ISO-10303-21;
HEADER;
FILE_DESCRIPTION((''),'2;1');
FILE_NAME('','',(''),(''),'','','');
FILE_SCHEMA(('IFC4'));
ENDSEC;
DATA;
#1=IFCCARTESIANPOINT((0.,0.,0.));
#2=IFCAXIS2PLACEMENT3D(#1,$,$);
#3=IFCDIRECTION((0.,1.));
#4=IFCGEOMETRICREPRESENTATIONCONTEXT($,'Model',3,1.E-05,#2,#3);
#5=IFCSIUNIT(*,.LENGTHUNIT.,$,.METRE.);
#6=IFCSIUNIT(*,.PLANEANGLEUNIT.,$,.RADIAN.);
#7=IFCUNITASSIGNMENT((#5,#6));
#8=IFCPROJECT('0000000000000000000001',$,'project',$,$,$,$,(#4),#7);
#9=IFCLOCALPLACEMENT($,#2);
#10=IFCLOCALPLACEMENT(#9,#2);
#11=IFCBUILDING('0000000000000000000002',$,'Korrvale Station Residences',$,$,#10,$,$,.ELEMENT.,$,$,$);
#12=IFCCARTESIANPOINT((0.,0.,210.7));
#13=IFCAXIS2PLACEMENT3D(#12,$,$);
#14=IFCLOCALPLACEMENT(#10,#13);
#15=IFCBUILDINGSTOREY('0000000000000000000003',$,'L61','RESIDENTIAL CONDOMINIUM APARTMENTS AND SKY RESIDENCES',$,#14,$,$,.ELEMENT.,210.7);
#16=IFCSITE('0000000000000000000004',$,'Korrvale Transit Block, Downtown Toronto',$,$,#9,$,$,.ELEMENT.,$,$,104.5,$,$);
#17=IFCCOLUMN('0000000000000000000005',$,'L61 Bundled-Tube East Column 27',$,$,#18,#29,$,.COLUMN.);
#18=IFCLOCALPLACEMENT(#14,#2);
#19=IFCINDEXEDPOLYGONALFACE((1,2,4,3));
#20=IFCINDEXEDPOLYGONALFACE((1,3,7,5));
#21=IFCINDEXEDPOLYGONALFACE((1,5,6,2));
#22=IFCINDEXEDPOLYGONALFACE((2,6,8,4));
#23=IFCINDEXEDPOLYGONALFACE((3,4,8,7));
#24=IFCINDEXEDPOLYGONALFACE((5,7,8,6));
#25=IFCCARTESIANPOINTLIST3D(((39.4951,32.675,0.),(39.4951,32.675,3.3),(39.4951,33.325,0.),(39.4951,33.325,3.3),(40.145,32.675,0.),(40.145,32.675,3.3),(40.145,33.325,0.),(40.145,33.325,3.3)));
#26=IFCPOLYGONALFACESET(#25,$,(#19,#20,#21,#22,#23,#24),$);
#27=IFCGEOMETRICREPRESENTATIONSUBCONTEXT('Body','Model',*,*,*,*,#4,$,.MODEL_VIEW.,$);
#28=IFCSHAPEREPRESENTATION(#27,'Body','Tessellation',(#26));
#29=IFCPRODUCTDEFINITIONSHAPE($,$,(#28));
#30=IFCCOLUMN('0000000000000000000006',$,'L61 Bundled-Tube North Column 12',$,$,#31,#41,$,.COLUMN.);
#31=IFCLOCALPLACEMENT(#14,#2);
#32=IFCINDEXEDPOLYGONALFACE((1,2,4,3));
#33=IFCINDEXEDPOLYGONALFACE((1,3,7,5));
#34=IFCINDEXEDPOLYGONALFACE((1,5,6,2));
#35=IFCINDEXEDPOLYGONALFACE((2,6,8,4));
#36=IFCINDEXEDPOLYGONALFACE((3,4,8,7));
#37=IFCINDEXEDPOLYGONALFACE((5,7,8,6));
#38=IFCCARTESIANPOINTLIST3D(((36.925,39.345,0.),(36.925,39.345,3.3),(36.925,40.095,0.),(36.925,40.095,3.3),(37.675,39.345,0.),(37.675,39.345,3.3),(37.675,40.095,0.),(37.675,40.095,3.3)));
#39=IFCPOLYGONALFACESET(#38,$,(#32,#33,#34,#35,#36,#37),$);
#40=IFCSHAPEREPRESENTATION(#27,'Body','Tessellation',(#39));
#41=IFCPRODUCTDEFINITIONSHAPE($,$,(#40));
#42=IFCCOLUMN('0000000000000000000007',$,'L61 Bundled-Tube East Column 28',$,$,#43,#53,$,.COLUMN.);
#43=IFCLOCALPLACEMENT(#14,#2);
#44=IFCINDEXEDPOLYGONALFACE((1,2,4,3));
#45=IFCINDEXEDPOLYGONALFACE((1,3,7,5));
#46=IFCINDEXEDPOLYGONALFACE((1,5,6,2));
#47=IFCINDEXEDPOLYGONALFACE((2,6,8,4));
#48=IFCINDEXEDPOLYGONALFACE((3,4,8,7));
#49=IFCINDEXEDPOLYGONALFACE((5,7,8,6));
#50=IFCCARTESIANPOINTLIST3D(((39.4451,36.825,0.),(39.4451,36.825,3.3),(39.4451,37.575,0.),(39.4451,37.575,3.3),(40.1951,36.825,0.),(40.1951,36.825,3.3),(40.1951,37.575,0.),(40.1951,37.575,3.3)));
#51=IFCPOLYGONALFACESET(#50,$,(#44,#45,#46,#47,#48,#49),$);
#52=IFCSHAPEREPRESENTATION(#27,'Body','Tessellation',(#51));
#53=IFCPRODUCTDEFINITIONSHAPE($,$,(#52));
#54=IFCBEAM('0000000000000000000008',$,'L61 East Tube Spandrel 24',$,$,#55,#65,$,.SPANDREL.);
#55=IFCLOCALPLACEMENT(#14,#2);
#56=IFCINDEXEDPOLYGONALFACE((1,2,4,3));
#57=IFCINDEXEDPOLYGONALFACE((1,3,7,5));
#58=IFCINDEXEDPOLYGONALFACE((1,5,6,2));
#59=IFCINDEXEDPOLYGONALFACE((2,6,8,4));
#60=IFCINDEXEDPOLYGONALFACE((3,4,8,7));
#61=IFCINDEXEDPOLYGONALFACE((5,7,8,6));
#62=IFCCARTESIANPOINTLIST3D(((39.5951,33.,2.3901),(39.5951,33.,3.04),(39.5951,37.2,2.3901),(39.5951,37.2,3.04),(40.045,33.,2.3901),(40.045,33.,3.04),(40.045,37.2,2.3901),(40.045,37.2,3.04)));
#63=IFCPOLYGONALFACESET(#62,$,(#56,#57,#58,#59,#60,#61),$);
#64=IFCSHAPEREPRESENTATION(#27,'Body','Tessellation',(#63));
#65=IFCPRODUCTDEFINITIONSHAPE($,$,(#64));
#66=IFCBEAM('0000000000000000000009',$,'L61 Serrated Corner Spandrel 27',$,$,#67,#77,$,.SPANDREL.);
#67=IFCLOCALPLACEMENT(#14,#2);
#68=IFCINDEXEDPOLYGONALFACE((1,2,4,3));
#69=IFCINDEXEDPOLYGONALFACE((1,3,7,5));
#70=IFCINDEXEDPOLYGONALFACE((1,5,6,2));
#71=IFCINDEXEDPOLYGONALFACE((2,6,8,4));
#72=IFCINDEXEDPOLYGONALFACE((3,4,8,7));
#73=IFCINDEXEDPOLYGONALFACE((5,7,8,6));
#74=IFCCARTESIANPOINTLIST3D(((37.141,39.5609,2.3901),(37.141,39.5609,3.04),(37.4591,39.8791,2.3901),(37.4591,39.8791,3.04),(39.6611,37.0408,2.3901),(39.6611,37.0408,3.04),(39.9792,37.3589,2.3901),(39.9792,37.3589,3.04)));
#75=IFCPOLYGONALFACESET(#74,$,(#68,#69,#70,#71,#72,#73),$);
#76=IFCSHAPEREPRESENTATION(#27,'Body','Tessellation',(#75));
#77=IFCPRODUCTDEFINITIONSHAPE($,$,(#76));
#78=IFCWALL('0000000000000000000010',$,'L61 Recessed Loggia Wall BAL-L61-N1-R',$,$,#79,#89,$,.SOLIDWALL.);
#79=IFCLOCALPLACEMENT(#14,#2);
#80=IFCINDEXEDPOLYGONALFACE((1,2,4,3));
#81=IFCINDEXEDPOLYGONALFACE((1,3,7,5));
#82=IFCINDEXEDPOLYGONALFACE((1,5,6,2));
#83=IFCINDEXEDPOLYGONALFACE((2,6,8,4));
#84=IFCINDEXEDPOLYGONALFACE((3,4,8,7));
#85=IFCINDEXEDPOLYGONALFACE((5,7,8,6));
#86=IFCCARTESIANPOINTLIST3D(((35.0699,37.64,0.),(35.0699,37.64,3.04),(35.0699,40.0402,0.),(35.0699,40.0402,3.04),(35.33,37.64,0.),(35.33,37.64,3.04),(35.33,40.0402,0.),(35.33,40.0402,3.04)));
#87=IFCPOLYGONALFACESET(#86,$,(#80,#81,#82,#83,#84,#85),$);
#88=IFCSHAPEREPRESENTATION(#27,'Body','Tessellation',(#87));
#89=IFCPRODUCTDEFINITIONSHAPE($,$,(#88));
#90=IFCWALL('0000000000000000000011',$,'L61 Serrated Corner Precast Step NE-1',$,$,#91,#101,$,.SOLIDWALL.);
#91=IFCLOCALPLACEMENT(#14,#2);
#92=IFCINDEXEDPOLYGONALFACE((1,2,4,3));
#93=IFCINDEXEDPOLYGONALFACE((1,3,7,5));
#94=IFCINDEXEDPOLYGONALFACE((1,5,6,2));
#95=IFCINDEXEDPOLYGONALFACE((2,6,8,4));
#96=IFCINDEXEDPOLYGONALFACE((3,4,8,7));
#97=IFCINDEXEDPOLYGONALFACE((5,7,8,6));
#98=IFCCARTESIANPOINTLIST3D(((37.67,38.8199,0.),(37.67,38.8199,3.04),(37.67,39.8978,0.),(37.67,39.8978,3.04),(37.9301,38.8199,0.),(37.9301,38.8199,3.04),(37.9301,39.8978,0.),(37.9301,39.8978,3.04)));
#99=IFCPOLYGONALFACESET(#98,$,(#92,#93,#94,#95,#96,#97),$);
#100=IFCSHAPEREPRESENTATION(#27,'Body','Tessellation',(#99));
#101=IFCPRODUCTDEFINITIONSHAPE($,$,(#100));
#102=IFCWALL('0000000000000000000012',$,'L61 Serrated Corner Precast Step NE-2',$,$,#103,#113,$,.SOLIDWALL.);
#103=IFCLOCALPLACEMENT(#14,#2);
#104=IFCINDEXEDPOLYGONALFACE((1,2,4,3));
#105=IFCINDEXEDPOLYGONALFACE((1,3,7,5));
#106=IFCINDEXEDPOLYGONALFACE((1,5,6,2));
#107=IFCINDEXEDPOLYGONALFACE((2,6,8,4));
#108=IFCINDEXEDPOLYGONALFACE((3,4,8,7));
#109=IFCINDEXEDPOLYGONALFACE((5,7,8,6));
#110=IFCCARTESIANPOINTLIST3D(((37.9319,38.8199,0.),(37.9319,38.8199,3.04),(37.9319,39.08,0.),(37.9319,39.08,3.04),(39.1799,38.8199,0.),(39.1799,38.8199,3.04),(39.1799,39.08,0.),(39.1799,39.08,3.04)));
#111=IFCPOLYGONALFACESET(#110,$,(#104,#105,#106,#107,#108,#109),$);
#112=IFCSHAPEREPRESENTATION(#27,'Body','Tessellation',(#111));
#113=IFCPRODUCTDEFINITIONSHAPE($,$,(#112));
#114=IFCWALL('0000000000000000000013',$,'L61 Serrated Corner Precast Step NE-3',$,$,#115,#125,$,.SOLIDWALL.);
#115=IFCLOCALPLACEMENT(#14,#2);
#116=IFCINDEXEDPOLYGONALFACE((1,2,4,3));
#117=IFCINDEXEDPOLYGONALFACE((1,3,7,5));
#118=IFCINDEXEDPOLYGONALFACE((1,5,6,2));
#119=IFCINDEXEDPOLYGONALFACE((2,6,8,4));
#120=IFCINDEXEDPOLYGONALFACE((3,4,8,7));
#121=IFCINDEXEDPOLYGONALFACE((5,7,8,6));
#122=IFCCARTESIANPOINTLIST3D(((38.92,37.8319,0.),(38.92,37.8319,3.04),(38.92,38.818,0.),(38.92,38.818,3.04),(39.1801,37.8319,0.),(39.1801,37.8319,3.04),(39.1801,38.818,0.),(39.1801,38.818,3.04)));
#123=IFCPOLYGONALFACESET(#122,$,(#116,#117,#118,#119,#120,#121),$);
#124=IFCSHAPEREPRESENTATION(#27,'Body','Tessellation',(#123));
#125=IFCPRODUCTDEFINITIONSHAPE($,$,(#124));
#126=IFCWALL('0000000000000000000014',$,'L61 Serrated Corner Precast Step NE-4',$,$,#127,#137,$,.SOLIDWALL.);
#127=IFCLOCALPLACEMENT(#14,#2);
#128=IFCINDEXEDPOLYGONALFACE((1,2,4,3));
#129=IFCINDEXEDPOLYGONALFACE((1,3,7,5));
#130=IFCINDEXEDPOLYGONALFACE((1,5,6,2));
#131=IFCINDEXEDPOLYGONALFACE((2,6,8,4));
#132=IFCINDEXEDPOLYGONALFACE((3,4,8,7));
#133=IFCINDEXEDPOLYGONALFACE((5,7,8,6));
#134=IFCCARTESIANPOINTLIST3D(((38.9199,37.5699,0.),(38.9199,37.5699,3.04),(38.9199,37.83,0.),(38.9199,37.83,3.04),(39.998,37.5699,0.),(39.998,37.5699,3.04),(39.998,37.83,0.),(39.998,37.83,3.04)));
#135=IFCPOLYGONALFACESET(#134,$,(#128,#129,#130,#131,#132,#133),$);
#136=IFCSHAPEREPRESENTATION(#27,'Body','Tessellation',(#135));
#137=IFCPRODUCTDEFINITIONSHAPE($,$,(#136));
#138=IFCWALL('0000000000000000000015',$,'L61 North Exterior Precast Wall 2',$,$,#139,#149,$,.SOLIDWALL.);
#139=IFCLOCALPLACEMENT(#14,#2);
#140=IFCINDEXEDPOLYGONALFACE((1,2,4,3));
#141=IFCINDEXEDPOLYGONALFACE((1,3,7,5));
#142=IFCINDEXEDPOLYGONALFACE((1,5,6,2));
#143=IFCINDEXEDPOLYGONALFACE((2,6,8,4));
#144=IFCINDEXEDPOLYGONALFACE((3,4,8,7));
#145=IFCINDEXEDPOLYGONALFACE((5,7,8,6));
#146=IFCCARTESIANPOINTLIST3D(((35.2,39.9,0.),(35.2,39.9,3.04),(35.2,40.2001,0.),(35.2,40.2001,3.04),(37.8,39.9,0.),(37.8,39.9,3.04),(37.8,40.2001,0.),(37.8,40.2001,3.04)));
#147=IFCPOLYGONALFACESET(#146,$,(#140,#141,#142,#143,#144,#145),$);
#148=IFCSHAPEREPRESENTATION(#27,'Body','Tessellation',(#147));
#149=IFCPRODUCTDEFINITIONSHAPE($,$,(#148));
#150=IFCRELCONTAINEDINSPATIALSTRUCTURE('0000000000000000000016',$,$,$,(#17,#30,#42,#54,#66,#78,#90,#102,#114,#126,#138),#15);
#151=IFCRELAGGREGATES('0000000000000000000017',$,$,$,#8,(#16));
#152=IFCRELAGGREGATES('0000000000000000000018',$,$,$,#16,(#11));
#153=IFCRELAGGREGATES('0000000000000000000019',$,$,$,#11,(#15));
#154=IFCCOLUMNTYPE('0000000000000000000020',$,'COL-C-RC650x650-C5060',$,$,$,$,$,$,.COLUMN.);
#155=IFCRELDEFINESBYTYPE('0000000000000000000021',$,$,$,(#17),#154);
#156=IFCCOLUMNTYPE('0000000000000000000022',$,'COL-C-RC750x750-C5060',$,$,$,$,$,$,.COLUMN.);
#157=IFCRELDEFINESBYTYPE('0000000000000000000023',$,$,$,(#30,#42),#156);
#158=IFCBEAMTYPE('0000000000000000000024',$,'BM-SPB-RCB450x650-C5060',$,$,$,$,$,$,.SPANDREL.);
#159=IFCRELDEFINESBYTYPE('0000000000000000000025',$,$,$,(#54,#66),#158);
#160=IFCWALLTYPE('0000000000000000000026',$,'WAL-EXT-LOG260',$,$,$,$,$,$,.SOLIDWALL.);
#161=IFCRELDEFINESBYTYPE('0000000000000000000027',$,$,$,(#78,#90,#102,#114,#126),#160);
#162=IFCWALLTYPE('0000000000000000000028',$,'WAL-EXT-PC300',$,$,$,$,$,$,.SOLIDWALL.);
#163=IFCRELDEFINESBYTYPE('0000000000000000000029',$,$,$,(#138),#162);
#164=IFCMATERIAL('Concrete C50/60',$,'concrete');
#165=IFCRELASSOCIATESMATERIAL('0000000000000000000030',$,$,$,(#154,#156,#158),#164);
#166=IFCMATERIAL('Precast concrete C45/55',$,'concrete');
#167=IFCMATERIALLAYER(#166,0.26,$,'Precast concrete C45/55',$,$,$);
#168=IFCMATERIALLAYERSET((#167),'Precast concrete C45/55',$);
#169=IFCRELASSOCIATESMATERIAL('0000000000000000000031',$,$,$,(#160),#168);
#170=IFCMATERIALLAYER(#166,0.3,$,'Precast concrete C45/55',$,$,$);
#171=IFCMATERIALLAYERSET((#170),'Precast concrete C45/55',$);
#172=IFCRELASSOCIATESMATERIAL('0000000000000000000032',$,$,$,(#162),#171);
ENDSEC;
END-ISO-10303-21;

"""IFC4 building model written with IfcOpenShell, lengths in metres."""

from ifc_helpers import new_model, si_unit, direction, frame, frame_2d, origin, origin_2d, place, context, subcontext, project, spatial, rectangle, extrude, material, layer, layer_set, material_profile, profile_set, type_object, element, save


model = new_model("IFC4")

# Units and contexts
model_context = context("Model", 3, precision=1e-05, world=origin(), true_north=direction((0.0, 1.0)))
body_context = subcontext(model_context, "Body", "Model", "MODEL_VIEW")
ifc_project = project(units=[si_unit("LENGTHUNIT", "METRE"), si_unit("PLANEANGLEUNIT", "RADIAN")], contexts=[model_context])

# Site, building, storey
site_placement = place(None, origin())
site = spatial("IfcSite", under=ifc_project, at=site_placement, Name="Korrvale Transit Block, Downtown Toronto", CompositionType="ELEMENT", RefElevation=104.5)
building_placement = place(site_placement, origin())
building = spatial("IfcBuilding", under=site, at=building_placement, Name="Korrvale Station Residences", CompositionType="ELEMENT")
storey_placement = place(building_placement, frame((0.0, 0.0, 210.7)))
storey = spatial("IfcBuildingStorey", under=building, at=storey_placement, Name="L61", Description="RESIDENTIAL CONDOMINIUM APARTMENTS AND SKY RESIDENCES", CompositionType="ELEMENT", Elevation=210.7)

# Columns
ifc_material_1 = material(Name="Concrete C50/60", Category="concrete")
ifc_material_profile_1 = material_profile(ifc_material_1, rectangle(XDim=0.6499, YDim=0.6499, at=origin_2d()), Name="RC650x650")
ifc_profile_set_1 = profile_set([ifc_material_profile_1], Name="Concrete C50/60")
column_type_1 = type_object("IfcColumnType", Name="COL-C-RC650x650-C5060", PredefinedType="COLUMN", material=ifc_profile_set_1)
column_placement = place(storey_placement, frame((39.8201, 33.0, 0.0), z_axis=(0.0, 0.0, 1.0), x_axis=(1.0, 0.0, 0.0)))
element("IfcColumn", 1, at=column_placement, inside=storey, type_object=column_type_1, Name="L61 Bundled-Tube East Column 27", PredefinedType="COLUMN", context=body_context, shape_type="SweptSolid", body=[
    extrude(rectangle(XDim=0.6499, YDim=0.6499, at=origin_2d()), origin(), (0.0, 0.0, 1.0), 3.3),
])
ifc_material_profile_2 = material_profile(ifc_material_1, rectangle(XDim=0.75, YDim=0.75, at=origin_2d()), Name="RC750x750")
ifc_profile_set_2 = profile_set([ifc_material_profile_2], Name="Concrete C50/60")
column_type_2 = type_object("IfcColumnType", Name="COL-C-RC750x750-C5060", PredefinedType="COLUMN", material=ifc_profile_set_2)
for number, where, z_axis, x_axis, name in (
    (2, (37.3, 39.72, 0.0), (0.0, 0.0, 1.0), (1.0, 0.0, 0.0), "L61 Bundled-Tube North Column 12"),
    (3, (39.8201, 37.2, 0.0), (0.0, 0.0, 1.0), (1.0, 0.0, 0.0), "L61 Bundled-Tube East Column 28"),
):
    element("IfcColumn", number, at=place(storey_placement, frame(where, z_axis=z_axis, x_axis=x_axis)), inside=storey, type_object=column_type_2, Name=name, PredefinedType="COLUMN", context=body_context, shape_type="SweptSolid", body=[
        extrude(rectangle(XDim=0.75, YDim=0.75, at=origin_2d()), origin(), (0.0, 0.0, 1.0), 3.3),
    ])

# Beams
ifc_material_profile_3 = material_profile(ifc_material_1, rectangle(XDim=0.45, YDim=0.6499, at=origin_2d()), Name="RCB450x650")
ifc_profile_set_3 = profile_set([ifc_material_profile_3], Name="Concrete C50/60")
beam_type = type_object("IfcBeamType", Name="BM-SPB-RCB450x650-C5060", PredefinedType="SPANDREL", material=ifc_profile_set_3)
beam_1_placement = place(storey_placement, frame((39.8201, 33.0, 2.7151), z_axis=(0.0, 1.0, 0.0), x_axis=(-1.0, 0.0, 0.0)))
element("IfcBeam", 4, at=beam_1_placement, inside=storey, type_object=beam_type, Name="L61 East Tube Spandrel 24", PredefinedType="SPANDREL", context=body_context, shape_type="SweptSolid", body=[
    extrude(rectangle(XDim=0.45, YDim=0.6499, at=origin_2d()), origin(), (0.0, 0.0, 1.0), 4.2),
])
beam_2_placement = place(storey_placement, frame((37.3, 39.72, 2.7151), z_axis=(0.707107, -0.707107, 0.0), x_axis=(0.707107, 0.707107, 0.0)))
element("IfcBeam", 5, at=beam_2_placement, inside=storey, type_object=beam_type, Name="L61 Serrated Corner Spandrel 27", PredefinedType="SPANDREL", context=body_context, shape_type="SweptSolid", body=[
    extrude(rectangle(XDim=0.45, YDim=0.6499, at=origin_2d()), origin(), (0.0, 0.0, 1.0), 3.564),
])

# Walls
ifc_material_2 = material(Name="Precast concrete C45/55", Category="concrete")
ifc_layer_1 = layer(ifc_material_2, 0.26, Name="Precast concrete C45/55")
ifc_layer_set_1 = layer_set([ifc_layer_1], Name="Precast concrete C45/55")
wall_type_1 = type_object("IfcWallType", Name="WAL-EXT-LOG260", PredefinedType="SOLIDWALL", material=ifc_layer_set_1)
wall_1_placement = place(storey_placement, frame((35.2, 37.6399, 0.0), z_axis=(0.0, 0.0, 1.0), x_axis=(0.0, 1.0, 0.0)))
element("IfcWall", 6, at=wall_1_placement, inside=storey, type_object=wall_type_1, Name="L61 Recessed Loggia Wall BAL-L61-N1-R", PredefinedType="SOLIDWALL", context=body_context, shape_type="SweptSolid", body=[
    extrude(rectangle(XDim=2.4001, YDim=0.26, at=frame_2d((1.2002, 0.0))), origin(), (0.0, 0.0, 1.0), 3.04),
])
wall_2_placement = place(storey_placement, frame((37.8, 39.8979, 0.0), z_axis=(0.0, 0.0, 1.0), x_axis=(0.0, -1.0, 0.0)))
element("IfcWall", 7, at=wall_2_placement, inside=storey, type_object=wall_type_1, Name="L61 Serrated Corner Precast Step NE-1", PredefinedType="SOLIDWALL", context=body_context, shape_type="SweptSolid", body=[
    extrude(rectangle(XDim=1.0779, YDim=0.26, at=frame_2d((0.5391, 0.0))), origin(), (0.0, 0.0, 1.0), 3.04),
])
wall_3_placement = place(storey_placement, frame((37.9319, 38.95, 0.0), z_axis=(0.0, 0.0, 1.0), x_axis=(1.0, 0.0, 0.0)))
element("IfcWall", 8, at=wall_3_placement, inside=storey, type_object=wall_type_1, Name="L61 Serrated Corner Precast Step NE-2", PredefinedType="SOLIDWALL", context=body_context, shape_type="SweptSolid", body=[
    extrude(rectangle(XDim=1.248, YDim=0.26, at=frame_2d((0.624, 0.0))), origin(), (0.0, 0.0, 1.0), 3.04),
])
wall_4_placement = place(storey_placement, frame((39.05, 38.8181, 0.0), z_axis=(0.0, 0.0, 1.0), x_axis=(0.0, -1.0, 0.0)))
element("IfcWall", 9, at=wall_4_placement, inside=storey, type_object=wall_type_1, Name="L61 Serrated Corner Precast Step NE-3", PredefinedType="SOLIDWALL", context=body_context, shape_type="SweptSolid", body=[
    extrude(rectangle(XDim=0.9861, YDim=0.26, at=frame_2d((0.4932, 0.0))), origin(), (0.0, 0.0, 1.0), 3.04),
])
wall_5_placement = place(storey_placement, frame((38.9199, 37.7, 0.0), z_axis=(0.0, 0.0, 1.0), x_axis=(1.0, 0.0, 0.0)))
element("IfcWall", 10, at=wall_5_placement, inside=storey, type_object=wall_type_1, Name="L61 Serrated Corner Precast Step NE-4", PredefinedType="SOLIDWALL", context=body_context, shape_type="SweptSolid", body=[
    extrude(rectangle(XDim=1.0781, YDim=0.26, at=frame_2d((0.5391, 0.0))), origin(), (0.0, 0.0, 1.0), 3.04),
])
ifc_layer_2 = layer(ifc_material_2, 0.3, Name="Precast concrete C45/55")
ifc_layer_set_2 = layer_set([ifc_layer_2], Name="Precast concrete C45/55")
wall_type_2 = type_object("IfcWallType", Name="WAL-EXT-PC300", PredefinedType="SOLIDWALL", material=ifc_layer_set_2)
wall_6_placement = place(storey_placement, frame((35.2, 40.05, 0.0), z_axis=(0.0, 0.0, 1.0), x_axis=(1.0, 0.0, 0.0)))
element("IfcWall", 11, at=wall_6_placement, inside=storey, type_object=wall_type_2, Name="L61 North Exterior Precast Wall 2", PredefinedType="SOLIDWALL", context=body_context, shape_type="SweptSolid", body=[
    extrude(rectangle(XDim=2.6001, YDim=0.3, at=frame_2d((1.3, 0.0))), origin(), (0.0, 0.0, 1.0), 3.04),
])

save(model, "model.ifc")
